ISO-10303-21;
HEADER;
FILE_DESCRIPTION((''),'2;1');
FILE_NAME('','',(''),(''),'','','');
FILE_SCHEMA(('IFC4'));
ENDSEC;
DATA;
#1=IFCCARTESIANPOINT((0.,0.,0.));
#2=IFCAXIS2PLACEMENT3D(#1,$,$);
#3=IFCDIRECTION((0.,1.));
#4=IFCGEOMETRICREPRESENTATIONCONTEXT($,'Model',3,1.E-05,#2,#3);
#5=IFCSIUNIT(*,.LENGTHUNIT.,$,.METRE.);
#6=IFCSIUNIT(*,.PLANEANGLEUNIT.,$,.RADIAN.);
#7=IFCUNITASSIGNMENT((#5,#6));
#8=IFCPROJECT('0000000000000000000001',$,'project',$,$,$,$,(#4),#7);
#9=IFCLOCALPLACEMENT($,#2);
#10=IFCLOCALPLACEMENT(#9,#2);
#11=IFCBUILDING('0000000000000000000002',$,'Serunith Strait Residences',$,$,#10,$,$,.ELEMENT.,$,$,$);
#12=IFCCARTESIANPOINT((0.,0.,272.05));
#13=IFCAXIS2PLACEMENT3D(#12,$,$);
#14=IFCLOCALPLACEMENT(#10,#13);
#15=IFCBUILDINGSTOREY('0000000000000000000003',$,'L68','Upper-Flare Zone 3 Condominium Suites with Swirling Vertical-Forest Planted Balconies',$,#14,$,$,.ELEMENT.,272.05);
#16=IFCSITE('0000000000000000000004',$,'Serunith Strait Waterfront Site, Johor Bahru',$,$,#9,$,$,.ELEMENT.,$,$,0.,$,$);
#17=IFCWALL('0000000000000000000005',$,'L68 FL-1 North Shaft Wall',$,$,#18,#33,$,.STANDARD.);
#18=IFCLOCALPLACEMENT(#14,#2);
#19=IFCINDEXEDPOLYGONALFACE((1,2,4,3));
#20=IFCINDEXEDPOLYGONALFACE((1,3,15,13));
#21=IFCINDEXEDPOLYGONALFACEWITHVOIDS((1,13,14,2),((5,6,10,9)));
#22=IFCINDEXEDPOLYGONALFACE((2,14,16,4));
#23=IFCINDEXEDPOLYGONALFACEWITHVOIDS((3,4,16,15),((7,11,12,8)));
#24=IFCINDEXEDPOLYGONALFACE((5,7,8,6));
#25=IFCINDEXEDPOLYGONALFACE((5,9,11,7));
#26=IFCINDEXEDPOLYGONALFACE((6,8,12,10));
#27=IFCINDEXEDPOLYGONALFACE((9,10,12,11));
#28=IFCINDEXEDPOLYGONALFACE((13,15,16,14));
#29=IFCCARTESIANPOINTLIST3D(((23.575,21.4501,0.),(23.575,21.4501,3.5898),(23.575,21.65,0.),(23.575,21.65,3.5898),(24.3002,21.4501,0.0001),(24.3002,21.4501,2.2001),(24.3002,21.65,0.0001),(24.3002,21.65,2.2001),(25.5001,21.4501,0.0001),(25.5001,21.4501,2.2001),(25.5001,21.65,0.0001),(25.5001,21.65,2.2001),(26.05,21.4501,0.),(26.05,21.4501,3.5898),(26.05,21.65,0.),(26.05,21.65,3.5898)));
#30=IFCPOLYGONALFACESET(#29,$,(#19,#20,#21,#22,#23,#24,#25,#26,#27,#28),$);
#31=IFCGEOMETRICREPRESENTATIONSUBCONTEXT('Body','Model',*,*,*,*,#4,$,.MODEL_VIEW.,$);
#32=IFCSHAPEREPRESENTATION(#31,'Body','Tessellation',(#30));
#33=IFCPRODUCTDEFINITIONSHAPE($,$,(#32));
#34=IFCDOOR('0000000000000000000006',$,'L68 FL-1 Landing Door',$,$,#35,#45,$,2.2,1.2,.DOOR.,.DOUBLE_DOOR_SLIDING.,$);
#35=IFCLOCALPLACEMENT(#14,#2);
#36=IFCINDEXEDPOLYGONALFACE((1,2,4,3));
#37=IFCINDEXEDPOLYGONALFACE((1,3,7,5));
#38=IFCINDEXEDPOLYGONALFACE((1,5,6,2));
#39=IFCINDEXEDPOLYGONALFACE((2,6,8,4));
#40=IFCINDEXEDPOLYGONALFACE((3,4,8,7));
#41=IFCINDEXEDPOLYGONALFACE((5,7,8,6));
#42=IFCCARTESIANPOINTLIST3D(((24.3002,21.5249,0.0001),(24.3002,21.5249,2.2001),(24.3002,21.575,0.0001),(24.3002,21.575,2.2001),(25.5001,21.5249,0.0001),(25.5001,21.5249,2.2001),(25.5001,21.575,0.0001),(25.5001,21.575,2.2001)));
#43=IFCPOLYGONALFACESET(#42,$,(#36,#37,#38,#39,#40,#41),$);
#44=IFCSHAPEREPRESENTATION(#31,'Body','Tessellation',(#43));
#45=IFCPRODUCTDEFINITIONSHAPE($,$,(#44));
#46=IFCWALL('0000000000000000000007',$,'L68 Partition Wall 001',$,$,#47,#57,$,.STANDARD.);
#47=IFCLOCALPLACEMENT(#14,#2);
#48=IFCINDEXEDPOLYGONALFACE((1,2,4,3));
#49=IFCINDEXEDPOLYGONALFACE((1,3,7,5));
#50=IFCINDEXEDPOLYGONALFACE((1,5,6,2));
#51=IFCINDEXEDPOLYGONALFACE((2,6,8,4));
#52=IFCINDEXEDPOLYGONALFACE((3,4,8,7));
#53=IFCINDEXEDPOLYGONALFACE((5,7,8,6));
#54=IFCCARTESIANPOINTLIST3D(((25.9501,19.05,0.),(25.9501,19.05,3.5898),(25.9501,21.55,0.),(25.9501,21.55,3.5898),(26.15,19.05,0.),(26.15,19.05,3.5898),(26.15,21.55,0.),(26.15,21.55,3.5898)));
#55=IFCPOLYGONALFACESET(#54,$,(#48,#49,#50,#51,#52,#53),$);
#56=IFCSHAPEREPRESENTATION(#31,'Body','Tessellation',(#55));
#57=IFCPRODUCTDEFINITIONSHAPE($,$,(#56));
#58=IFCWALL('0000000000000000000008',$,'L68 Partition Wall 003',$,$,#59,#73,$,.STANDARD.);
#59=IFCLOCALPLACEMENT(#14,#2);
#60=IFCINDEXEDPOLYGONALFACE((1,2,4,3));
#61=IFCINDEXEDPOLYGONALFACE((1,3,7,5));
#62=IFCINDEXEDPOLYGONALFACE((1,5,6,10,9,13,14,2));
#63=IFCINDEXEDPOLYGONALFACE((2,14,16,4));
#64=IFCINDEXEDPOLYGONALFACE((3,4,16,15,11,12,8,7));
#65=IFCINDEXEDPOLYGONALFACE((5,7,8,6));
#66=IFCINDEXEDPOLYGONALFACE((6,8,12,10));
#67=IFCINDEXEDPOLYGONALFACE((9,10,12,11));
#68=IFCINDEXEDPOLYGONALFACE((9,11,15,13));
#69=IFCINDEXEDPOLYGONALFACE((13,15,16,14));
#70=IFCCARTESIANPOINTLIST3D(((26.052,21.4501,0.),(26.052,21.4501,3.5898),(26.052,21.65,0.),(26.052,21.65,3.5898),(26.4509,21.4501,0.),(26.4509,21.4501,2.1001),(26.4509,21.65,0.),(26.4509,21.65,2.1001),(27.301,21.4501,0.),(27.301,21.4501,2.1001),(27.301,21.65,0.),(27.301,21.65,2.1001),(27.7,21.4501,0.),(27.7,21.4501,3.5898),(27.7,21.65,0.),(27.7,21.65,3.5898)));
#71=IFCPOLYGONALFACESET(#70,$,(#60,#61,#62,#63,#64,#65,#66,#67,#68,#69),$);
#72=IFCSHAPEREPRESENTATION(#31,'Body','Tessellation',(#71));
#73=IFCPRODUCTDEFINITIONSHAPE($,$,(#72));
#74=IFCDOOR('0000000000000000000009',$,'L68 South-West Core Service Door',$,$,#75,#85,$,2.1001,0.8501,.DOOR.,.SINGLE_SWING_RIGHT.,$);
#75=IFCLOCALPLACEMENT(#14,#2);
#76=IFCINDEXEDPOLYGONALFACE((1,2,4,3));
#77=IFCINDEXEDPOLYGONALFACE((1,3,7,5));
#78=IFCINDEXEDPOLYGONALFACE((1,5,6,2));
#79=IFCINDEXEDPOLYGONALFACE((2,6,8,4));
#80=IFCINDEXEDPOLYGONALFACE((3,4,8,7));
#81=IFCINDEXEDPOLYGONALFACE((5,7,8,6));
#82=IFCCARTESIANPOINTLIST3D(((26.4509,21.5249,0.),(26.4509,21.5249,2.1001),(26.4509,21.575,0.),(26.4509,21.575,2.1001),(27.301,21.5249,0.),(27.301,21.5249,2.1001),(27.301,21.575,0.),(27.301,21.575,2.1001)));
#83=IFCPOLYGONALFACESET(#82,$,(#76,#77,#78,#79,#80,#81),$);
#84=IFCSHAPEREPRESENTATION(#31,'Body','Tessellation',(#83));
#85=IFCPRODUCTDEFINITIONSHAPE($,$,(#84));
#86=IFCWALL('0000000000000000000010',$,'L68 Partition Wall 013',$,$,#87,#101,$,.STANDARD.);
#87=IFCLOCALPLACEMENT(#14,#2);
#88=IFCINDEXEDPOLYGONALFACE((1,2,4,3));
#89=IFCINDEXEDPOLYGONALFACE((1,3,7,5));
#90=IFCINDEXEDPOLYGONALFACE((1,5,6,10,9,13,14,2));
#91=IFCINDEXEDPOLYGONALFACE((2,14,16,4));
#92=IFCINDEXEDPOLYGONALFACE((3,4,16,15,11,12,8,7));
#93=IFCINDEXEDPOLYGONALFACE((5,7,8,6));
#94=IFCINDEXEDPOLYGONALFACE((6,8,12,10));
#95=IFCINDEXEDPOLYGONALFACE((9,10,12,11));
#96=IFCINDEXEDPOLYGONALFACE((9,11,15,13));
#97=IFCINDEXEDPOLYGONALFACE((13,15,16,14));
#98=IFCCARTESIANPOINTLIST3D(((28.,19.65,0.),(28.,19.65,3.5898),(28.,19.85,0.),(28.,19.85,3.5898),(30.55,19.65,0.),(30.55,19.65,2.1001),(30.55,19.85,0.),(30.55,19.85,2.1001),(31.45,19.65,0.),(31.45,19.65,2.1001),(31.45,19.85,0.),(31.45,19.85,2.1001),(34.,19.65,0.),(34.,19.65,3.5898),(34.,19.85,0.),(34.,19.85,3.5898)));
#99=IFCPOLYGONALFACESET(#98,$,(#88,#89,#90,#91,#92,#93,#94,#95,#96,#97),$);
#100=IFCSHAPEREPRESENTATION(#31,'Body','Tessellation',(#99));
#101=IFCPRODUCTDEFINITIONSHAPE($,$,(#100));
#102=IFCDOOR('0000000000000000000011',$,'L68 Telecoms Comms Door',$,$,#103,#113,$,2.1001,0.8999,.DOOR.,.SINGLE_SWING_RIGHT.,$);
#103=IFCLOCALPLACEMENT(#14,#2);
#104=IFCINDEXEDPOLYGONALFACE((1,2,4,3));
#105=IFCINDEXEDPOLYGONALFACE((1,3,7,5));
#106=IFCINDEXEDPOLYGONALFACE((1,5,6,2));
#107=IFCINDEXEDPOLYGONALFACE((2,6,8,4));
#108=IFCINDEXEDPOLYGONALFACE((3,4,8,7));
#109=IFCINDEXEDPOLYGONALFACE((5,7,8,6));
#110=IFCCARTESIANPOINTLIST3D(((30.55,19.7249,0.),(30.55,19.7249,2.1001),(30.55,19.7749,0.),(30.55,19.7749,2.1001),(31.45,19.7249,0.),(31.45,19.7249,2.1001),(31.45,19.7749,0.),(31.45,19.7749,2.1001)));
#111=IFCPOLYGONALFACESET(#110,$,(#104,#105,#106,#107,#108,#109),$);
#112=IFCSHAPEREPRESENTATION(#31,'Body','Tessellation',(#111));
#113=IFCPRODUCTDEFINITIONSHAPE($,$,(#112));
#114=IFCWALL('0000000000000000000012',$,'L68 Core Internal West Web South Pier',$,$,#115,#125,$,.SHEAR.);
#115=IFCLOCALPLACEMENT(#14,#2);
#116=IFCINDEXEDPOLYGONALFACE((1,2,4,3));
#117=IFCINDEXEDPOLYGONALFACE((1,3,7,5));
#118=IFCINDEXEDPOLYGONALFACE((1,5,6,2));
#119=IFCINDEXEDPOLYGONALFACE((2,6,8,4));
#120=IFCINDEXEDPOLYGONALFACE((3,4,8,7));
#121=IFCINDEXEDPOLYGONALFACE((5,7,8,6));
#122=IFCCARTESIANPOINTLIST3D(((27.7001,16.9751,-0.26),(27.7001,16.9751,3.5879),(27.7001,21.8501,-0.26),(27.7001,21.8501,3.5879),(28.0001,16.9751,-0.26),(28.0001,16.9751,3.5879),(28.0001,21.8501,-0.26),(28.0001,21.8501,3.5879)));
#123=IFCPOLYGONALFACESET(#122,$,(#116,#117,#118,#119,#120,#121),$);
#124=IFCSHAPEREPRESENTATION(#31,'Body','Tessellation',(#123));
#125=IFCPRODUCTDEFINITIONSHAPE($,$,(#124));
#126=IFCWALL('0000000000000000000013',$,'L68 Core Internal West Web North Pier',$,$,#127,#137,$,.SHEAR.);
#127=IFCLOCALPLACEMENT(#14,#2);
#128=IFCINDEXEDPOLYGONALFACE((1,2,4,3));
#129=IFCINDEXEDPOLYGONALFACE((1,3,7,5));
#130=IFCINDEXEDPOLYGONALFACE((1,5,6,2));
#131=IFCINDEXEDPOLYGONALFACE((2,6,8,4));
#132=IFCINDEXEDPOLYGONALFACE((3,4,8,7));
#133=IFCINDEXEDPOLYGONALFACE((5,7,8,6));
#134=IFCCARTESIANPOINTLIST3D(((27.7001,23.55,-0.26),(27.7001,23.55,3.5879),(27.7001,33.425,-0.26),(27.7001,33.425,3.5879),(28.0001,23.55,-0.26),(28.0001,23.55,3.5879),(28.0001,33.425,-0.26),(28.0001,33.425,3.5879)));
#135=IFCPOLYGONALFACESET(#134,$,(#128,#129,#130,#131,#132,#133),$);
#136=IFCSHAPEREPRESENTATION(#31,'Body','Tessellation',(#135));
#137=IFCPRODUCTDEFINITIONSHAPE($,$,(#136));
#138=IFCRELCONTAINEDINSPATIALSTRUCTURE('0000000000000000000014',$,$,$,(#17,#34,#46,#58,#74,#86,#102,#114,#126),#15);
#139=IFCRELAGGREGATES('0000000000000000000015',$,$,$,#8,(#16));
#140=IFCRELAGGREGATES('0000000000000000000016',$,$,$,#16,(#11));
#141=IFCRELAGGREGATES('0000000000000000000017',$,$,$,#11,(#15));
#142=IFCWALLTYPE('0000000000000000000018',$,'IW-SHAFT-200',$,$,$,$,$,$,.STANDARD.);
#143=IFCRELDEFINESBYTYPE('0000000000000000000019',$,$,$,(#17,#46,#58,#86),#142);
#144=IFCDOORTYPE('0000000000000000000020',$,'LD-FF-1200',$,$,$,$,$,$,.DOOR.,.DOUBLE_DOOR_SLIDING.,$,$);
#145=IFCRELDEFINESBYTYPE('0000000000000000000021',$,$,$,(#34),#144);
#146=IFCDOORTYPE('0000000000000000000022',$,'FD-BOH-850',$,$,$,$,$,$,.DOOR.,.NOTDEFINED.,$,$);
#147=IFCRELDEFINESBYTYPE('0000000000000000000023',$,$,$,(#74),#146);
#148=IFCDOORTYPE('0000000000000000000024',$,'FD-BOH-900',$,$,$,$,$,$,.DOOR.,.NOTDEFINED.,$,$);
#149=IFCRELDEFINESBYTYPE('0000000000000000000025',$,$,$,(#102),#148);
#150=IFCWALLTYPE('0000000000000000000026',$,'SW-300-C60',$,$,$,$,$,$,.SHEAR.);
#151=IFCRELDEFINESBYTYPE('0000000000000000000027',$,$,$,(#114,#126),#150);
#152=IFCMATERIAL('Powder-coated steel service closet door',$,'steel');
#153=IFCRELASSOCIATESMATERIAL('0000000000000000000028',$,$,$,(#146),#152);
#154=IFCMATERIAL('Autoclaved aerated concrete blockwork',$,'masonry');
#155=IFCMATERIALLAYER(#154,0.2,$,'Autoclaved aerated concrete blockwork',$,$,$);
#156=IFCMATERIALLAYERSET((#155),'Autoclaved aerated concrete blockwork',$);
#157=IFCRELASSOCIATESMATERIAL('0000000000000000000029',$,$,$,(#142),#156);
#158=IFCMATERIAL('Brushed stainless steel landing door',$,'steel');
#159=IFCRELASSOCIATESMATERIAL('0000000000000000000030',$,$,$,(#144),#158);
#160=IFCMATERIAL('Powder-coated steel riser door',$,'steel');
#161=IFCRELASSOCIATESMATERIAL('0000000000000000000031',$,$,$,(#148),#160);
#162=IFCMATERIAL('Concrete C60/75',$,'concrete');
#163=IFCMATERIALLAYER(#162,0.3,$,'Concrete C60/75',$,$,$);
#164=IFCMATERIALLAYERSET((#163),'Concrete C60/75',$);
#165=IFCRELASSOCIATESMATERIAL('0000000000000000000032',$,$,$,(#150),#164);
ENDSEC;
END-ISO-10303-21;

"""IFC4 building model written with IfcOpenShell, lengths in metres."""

from ifc_helpers import new_model, si_unit, direction, frame, frame_2d, origin, place, context, subcontext, project, spatial, rectangle, extrude, source, transform, mapped, material, layer, layer_set, type_object, element, fill, save


model = new_model("IFC4")

# Units and contexts
model_context = context("Model", 3, precision=1e-05, world=origin(), true_north=direction((0.0, 1.0)))
body_context = subcontext(model_context, "Body", "Model", "MODEL_VIEW")
ifc_project = project(units=[si_unit("LENGTHUNIT", "METRE"), si_unit("PLANEANGLEUNIT", "RADIAN")], contexts=[model_context])

# Site, building, storey
site_placement = place(None, origin())
site = spatial("IfcSite", under=ifc_project, at=site_placement, Name="Serunith Strait Waterfront Site, Johor Bahru", CompositionType="ELEMENT", RefElevation=0.0)
building_placement = place(site_placement, origin())
building = spatial("IfcBuilding", under=site, at=building_placement, Name="Serunith Strait Residences", CompositionType="ELEMENT")
storey_placement = place(building_placement, frame((0.0, 0.0, 272.05)))
storey = spatial("IfcBuildingStorey", under=building, at=storey_placement, Name="L68", Description="Upper-Flare Zone 3 Condominium Suites with Swirling Vertical-Forest Planted Balconies", CompositionType="ELEMENT", Elevation=272.05)

# Wall, opening, door
ifc_material_1 = material(Name="Powder-coated steel service closet door", Category="steel")
door_type_1 = type_object("IfcDoorType", Name="FD-BOH-850", OperationType="NOTDEFINED", PredefinedType="DOOR", material=ifc_material_1)
shared_shape_1 = source(origin(), body_context, "Body", "SweptSolid", [
    extrude(rectangle(XDim=0.8501, YDim=2.1001, at=frame_2d((0.425, 1.05))), frame((0.0, 0.0249, 0.0), z_axis=(0.0, -1.0, 0.0), x_axis=(1.0, 0.0, 0.0)), (0.0, 0.0, 1.0), 0.05),
])
shared_shape_2 = source(origin(), body_context, "Body", "SweptSolid", [
    extrude(rectangle(XDim=0.8999, YDim=2.1001, at=frame_2d((0.45, 1.05))), frame((0.0, 0.0249, 0.0), z_axis=(0.0, -1.0, 0.0), x_axis=(1.0, 0.0, 0.0)), (0.0, 0.0, 1.0), 0.05),
])
ifc_material_2 = material(Name="Autoclaved aerated concrete blockwork", Category="masonry")
ifc_layer_1 = layer(ifc_material_2, 0.2, Name="Autoclaved aerated concrete blockwork")
ifc_layer_set_1 = layer_set([ifc_layer_1], Name="Autoclaved aerated concrete blockwork")
wall_type_1 = type_object("IfcWallType", Name="IW-SHAFT-200", PredefinedType="STANDARD", material=ifc_layer_set_1)
wall_1_placement = place(storey_placement, frame((23.575, 21.55, 0.0), z_axis=(0.0, 0.0, 1.0), x_axis=(1.0, 0.0, 0.0)))
wall_1 = element("IfcWall", 1, at=wall_1_placement, inside=storey, type_object=wall_type_1, Name="L68 FL-1 North Shaft Wall", PredefinedType="STANDARD", context=body_context, shape_type="SweptSolid", body=[
    extrude(rectangle(XDim=2.4751, YDim=0.2, at=frame_2d((1.2375, 0.0))), origin(), (0.0, 0.0, 1.0), 3.5898),
])
opening_1_placement = place(wall_1_placement, frame((0.7251, 0.0, 0.0)))
opening_1 = element("IfcOpeningElement", 2, at=opening_1_placement, cuts=wall_1, PredefinedType="OPENING", context=body_context, shape_type="SweptSolid", body=[
    extrude(rectangle(XDim=1.2, YDim=2.2, at=frame_2d((0.6001, 1.1001))), frame((0.0, 0.1099, 0.0), z_axis=(0.0, -1.0, 0.0), x_axis=(1.0, 0.0, 0.0)), (0.0, 0.0, 1.0), 0.22),
])
ifc_material_3 = material(Name="Brushed stainless steel landing door", Category="steel")
door_type_2 = type_object("IfcDoorType", Name="LD-FF-1200", OperationType="DOUBLE_DOOR_SLIDING", PredefinedType="DOOR", material=ifc_material_3)
shared_shape_3 = source(origin(), body_context, "Body", "SweptSolid", [
    extrude(rectangle(XDim=1.2, YDim=2.2, at=frame_2d((0.6001, 1.1001))), frame((0.0, 0.0249, 0.0), z_axis=(0.0, -1.0, 0.0), x_axis=(1.0, 0.0, 0.0)), (0.0, 0.0, 1.0), 0.05),
])
door_1_placement = place(opening_1_placement, origin())
door_1 = element("IfcDoor", 3, at=door_1_placement, inside=storey, type_object=door_type_2, Name="L68 FL-1 Landing Door", OperationType="DOUBLE_DOOR_SLIDING", OverallHeight=2.2, OverallWidth=1.2, PredefinedType="DOOR", context=body_context, shape_type="MappedRepresentation", body=[
    mapped(shared_shape_3, transform((0.0, 0.0, 0.0), scale=1.0)),
])
fill(opening_1, door_1)

# Wall
wall_2_placement = place(storey_placement, frame((26.05, 19.05, 0.0), z_axis=(0.0, 0.0, 1.0), x_axis=(0.0, 1.0, 0.0)))
element("IfcWall", 4, at=wall_2_placement, inside=storey, type_object=wall_type_1, Name="L68 Partition Wall 001", PredefinedType="STANDARD", context=body_context, shape_type="SweptSolid", body=[
    extrude(rectangle(XDim=2.5, YDim=0.2, at=frame_2d((1.25, 0.0))), origin(), (0.0, 0.0, 1.0), 3.5898),
])

# Walls, openings, doors
wall_3_placement = place(storey_placement, frame((26.052, 21.55, 0.0), z_axis=(0.0, 0.0, 1.0), x_axis=(1.0, 0.0, 0.0)))
wall_3 = element("IfcWall", 5, at=wall_3_placement, inside=storey, type_object=wall_type_1, Name="L68 Partition Wall 003", PredefinedType="STANDARD", context=body_context, shape_type="SweptSolid", body=[
    extrude(rectangle(XDim=1.6479, YDim=0.2, at=frame_2d((0.824, 0.0))), origin(), (0.0, 0.0, 1.0), 3.5898),
])
opening_2_placement = place(wall_3_placement, frame((0.3989, 0.0, 0.0)))
opening_2 = element("IfcOpeningElement", 6, at=opening_2_placement, cuts=wall_3, PredefinedType="OPENING", context=body_context, shape_type="SweptSolid", body=[
    extrude(rectangle(XDim=0.8501, YDim=2.1001, at=frame_2d((0.425, 1.05))), frame((0.0, 0.1099, 0.0), z_axis=(0.0, -1.0, 0.0), x_axis=(1.0, 0.0, 0.0)), (0.0, 0.0, 1.0), 0.22),
])
door_2_placement = place(opening_2_placement, origin())
door_2 = element("IfcDoor", 7, at=door_2_placement, inside=storey, type_object=door_type_1, Name="L68 South-West Core Service Door", OperationType="SINGLE_SWING_RIGHT", OverallHeight=2.1001, OverallWidth=0.8501, PredefinedType="DOOR", context=body_context, shape_type="MappedRepresentation", body=[
    mapped(shared_shape_1, transform((0.0, 0.0, 0.0), scale=1.0)),
])
fill(opening_2, door_2)
wall_4_placement = place(storey_placement, frame((28.0, 19.75, 0.0), z_axis=(0.0, 0.0, 1.0), x_axis=(1.0, 0.0, 0.0)))
wall_4 = element("IfcWall", 8, at=wall_4_placement, inside=storey, type_object=wall_type_1, Name="L68 Partition Wall 013", PredefinedType="STANDARD", context=body_context, shape_type="SweptSolid", body=[
    extrude(rectangle(XDim=6.0, YDim=0.2, at=frame_2d((3.0, 0.0))), origin(), (0.0, 0.0, 1.0), 3.5898),
])
opening_3_placement = place(wall_4_placement, frame((2.55, 0.0, 0.0)))
opening_3 = element("IfcOpeningElement", 9, at=opening_3_placement, cuts=wall_4, PredefinedType="OPENING", context=body_context, shape_type="SweptSolid", body=[
    extrude(rectangle(XDim=0.8999, YDim=2.1001, at=frame_2d((0.45, 1.05))), frame((0.0, 0.1099, 0.0), z_axis=(0.0, -1.0, 0.0), x_axis=(1.0, 0.0, 0.0)), (0.0, 0.0, 1.0), 0.22),
])
ifc_material_4 = material(Name="Powder-coated steel riser door", Category="steel")
door_type_3 = type_object("IfcDoorType", Name="FD-BOH-900", OperationType="NOTDEFINED", PredefinedType="DOOR", material=ifc_material_4)
door_3_placement = place(opening_3_placement, origin())
door_3 = element("IfcDoor", 10, at=door_3_placement, inside=storey, type_object=door_type_3, Name="L68 Telecoms Comms Door", OperationType="SINGLE_SWING_RIGHT", OverallHeight=2.1001, OverallWidth=0.8999, PredefinedType="DOOR", context=body_context, shape_type="MappedRepresentation", body=[
    mapped(shared_shape_2, transform((0.0, 0.0, 0.0), scale=1.0)),
])
fill(opening_3, door_3)

# Walls
ifc_material_5 = material(Name="Concrete C60/75", Category="concrete")
ifc_layer_2 = layer(ifc_material_5, 0.3, Name="Concrete C60/75")
ifc_layer_set_2 = layer_set([ifc_layer_2], Name="Concrete C60/75")
wall_type_2 = type_object("IfcWallType", Name="SW-300-C60", PredefinedType="SHEAR", material=ifc_layer_set_2)
wall_5_placement = place(storey_placement, frame((27.8501, 16.9751, -0.26), z_axis=(0.0, 0.0, 1.0), x_axis=(0.0, 1.0, 0.0)))
element("IfcWall", 11, at=wall_5_placement, inside=storey, type_object=wall_type_2, Name="L68 Core Internal West Web South Pier", PredefinedType="SHEAR", context=body_context, shape_type="SweptSolid", body=[
    extrude(rectangle(XDim=4.875, YDim=0.3, at=frame_2d((2.4375, 0.0))), origin(), (0.0, 0.0, 1.0), 3.8479),
])
wall_6_placement = place(storey_placement, frame((27.8501, 23.55, -0.26), z_axis=(0.0, 0.0, 1.0), x_axis=(0.0, 1.0, 0.0)))
element("IfcWall", 12, at=wall_6_placement, inside=storey, type_object=wall_type_2, Name="L68 Core Internal West Web North Pier", PredefinedType="SHEAR", context=body_context, shape_type="SweptSolid", body=[
    extrude(rectangle(XDim=9.875, YDim=0.3, at=frame_2d((4.9375, 0.0))), origin(), (0.0, 0.0, 1.0), 3.8479),
])

save(model, "model.ifc")
